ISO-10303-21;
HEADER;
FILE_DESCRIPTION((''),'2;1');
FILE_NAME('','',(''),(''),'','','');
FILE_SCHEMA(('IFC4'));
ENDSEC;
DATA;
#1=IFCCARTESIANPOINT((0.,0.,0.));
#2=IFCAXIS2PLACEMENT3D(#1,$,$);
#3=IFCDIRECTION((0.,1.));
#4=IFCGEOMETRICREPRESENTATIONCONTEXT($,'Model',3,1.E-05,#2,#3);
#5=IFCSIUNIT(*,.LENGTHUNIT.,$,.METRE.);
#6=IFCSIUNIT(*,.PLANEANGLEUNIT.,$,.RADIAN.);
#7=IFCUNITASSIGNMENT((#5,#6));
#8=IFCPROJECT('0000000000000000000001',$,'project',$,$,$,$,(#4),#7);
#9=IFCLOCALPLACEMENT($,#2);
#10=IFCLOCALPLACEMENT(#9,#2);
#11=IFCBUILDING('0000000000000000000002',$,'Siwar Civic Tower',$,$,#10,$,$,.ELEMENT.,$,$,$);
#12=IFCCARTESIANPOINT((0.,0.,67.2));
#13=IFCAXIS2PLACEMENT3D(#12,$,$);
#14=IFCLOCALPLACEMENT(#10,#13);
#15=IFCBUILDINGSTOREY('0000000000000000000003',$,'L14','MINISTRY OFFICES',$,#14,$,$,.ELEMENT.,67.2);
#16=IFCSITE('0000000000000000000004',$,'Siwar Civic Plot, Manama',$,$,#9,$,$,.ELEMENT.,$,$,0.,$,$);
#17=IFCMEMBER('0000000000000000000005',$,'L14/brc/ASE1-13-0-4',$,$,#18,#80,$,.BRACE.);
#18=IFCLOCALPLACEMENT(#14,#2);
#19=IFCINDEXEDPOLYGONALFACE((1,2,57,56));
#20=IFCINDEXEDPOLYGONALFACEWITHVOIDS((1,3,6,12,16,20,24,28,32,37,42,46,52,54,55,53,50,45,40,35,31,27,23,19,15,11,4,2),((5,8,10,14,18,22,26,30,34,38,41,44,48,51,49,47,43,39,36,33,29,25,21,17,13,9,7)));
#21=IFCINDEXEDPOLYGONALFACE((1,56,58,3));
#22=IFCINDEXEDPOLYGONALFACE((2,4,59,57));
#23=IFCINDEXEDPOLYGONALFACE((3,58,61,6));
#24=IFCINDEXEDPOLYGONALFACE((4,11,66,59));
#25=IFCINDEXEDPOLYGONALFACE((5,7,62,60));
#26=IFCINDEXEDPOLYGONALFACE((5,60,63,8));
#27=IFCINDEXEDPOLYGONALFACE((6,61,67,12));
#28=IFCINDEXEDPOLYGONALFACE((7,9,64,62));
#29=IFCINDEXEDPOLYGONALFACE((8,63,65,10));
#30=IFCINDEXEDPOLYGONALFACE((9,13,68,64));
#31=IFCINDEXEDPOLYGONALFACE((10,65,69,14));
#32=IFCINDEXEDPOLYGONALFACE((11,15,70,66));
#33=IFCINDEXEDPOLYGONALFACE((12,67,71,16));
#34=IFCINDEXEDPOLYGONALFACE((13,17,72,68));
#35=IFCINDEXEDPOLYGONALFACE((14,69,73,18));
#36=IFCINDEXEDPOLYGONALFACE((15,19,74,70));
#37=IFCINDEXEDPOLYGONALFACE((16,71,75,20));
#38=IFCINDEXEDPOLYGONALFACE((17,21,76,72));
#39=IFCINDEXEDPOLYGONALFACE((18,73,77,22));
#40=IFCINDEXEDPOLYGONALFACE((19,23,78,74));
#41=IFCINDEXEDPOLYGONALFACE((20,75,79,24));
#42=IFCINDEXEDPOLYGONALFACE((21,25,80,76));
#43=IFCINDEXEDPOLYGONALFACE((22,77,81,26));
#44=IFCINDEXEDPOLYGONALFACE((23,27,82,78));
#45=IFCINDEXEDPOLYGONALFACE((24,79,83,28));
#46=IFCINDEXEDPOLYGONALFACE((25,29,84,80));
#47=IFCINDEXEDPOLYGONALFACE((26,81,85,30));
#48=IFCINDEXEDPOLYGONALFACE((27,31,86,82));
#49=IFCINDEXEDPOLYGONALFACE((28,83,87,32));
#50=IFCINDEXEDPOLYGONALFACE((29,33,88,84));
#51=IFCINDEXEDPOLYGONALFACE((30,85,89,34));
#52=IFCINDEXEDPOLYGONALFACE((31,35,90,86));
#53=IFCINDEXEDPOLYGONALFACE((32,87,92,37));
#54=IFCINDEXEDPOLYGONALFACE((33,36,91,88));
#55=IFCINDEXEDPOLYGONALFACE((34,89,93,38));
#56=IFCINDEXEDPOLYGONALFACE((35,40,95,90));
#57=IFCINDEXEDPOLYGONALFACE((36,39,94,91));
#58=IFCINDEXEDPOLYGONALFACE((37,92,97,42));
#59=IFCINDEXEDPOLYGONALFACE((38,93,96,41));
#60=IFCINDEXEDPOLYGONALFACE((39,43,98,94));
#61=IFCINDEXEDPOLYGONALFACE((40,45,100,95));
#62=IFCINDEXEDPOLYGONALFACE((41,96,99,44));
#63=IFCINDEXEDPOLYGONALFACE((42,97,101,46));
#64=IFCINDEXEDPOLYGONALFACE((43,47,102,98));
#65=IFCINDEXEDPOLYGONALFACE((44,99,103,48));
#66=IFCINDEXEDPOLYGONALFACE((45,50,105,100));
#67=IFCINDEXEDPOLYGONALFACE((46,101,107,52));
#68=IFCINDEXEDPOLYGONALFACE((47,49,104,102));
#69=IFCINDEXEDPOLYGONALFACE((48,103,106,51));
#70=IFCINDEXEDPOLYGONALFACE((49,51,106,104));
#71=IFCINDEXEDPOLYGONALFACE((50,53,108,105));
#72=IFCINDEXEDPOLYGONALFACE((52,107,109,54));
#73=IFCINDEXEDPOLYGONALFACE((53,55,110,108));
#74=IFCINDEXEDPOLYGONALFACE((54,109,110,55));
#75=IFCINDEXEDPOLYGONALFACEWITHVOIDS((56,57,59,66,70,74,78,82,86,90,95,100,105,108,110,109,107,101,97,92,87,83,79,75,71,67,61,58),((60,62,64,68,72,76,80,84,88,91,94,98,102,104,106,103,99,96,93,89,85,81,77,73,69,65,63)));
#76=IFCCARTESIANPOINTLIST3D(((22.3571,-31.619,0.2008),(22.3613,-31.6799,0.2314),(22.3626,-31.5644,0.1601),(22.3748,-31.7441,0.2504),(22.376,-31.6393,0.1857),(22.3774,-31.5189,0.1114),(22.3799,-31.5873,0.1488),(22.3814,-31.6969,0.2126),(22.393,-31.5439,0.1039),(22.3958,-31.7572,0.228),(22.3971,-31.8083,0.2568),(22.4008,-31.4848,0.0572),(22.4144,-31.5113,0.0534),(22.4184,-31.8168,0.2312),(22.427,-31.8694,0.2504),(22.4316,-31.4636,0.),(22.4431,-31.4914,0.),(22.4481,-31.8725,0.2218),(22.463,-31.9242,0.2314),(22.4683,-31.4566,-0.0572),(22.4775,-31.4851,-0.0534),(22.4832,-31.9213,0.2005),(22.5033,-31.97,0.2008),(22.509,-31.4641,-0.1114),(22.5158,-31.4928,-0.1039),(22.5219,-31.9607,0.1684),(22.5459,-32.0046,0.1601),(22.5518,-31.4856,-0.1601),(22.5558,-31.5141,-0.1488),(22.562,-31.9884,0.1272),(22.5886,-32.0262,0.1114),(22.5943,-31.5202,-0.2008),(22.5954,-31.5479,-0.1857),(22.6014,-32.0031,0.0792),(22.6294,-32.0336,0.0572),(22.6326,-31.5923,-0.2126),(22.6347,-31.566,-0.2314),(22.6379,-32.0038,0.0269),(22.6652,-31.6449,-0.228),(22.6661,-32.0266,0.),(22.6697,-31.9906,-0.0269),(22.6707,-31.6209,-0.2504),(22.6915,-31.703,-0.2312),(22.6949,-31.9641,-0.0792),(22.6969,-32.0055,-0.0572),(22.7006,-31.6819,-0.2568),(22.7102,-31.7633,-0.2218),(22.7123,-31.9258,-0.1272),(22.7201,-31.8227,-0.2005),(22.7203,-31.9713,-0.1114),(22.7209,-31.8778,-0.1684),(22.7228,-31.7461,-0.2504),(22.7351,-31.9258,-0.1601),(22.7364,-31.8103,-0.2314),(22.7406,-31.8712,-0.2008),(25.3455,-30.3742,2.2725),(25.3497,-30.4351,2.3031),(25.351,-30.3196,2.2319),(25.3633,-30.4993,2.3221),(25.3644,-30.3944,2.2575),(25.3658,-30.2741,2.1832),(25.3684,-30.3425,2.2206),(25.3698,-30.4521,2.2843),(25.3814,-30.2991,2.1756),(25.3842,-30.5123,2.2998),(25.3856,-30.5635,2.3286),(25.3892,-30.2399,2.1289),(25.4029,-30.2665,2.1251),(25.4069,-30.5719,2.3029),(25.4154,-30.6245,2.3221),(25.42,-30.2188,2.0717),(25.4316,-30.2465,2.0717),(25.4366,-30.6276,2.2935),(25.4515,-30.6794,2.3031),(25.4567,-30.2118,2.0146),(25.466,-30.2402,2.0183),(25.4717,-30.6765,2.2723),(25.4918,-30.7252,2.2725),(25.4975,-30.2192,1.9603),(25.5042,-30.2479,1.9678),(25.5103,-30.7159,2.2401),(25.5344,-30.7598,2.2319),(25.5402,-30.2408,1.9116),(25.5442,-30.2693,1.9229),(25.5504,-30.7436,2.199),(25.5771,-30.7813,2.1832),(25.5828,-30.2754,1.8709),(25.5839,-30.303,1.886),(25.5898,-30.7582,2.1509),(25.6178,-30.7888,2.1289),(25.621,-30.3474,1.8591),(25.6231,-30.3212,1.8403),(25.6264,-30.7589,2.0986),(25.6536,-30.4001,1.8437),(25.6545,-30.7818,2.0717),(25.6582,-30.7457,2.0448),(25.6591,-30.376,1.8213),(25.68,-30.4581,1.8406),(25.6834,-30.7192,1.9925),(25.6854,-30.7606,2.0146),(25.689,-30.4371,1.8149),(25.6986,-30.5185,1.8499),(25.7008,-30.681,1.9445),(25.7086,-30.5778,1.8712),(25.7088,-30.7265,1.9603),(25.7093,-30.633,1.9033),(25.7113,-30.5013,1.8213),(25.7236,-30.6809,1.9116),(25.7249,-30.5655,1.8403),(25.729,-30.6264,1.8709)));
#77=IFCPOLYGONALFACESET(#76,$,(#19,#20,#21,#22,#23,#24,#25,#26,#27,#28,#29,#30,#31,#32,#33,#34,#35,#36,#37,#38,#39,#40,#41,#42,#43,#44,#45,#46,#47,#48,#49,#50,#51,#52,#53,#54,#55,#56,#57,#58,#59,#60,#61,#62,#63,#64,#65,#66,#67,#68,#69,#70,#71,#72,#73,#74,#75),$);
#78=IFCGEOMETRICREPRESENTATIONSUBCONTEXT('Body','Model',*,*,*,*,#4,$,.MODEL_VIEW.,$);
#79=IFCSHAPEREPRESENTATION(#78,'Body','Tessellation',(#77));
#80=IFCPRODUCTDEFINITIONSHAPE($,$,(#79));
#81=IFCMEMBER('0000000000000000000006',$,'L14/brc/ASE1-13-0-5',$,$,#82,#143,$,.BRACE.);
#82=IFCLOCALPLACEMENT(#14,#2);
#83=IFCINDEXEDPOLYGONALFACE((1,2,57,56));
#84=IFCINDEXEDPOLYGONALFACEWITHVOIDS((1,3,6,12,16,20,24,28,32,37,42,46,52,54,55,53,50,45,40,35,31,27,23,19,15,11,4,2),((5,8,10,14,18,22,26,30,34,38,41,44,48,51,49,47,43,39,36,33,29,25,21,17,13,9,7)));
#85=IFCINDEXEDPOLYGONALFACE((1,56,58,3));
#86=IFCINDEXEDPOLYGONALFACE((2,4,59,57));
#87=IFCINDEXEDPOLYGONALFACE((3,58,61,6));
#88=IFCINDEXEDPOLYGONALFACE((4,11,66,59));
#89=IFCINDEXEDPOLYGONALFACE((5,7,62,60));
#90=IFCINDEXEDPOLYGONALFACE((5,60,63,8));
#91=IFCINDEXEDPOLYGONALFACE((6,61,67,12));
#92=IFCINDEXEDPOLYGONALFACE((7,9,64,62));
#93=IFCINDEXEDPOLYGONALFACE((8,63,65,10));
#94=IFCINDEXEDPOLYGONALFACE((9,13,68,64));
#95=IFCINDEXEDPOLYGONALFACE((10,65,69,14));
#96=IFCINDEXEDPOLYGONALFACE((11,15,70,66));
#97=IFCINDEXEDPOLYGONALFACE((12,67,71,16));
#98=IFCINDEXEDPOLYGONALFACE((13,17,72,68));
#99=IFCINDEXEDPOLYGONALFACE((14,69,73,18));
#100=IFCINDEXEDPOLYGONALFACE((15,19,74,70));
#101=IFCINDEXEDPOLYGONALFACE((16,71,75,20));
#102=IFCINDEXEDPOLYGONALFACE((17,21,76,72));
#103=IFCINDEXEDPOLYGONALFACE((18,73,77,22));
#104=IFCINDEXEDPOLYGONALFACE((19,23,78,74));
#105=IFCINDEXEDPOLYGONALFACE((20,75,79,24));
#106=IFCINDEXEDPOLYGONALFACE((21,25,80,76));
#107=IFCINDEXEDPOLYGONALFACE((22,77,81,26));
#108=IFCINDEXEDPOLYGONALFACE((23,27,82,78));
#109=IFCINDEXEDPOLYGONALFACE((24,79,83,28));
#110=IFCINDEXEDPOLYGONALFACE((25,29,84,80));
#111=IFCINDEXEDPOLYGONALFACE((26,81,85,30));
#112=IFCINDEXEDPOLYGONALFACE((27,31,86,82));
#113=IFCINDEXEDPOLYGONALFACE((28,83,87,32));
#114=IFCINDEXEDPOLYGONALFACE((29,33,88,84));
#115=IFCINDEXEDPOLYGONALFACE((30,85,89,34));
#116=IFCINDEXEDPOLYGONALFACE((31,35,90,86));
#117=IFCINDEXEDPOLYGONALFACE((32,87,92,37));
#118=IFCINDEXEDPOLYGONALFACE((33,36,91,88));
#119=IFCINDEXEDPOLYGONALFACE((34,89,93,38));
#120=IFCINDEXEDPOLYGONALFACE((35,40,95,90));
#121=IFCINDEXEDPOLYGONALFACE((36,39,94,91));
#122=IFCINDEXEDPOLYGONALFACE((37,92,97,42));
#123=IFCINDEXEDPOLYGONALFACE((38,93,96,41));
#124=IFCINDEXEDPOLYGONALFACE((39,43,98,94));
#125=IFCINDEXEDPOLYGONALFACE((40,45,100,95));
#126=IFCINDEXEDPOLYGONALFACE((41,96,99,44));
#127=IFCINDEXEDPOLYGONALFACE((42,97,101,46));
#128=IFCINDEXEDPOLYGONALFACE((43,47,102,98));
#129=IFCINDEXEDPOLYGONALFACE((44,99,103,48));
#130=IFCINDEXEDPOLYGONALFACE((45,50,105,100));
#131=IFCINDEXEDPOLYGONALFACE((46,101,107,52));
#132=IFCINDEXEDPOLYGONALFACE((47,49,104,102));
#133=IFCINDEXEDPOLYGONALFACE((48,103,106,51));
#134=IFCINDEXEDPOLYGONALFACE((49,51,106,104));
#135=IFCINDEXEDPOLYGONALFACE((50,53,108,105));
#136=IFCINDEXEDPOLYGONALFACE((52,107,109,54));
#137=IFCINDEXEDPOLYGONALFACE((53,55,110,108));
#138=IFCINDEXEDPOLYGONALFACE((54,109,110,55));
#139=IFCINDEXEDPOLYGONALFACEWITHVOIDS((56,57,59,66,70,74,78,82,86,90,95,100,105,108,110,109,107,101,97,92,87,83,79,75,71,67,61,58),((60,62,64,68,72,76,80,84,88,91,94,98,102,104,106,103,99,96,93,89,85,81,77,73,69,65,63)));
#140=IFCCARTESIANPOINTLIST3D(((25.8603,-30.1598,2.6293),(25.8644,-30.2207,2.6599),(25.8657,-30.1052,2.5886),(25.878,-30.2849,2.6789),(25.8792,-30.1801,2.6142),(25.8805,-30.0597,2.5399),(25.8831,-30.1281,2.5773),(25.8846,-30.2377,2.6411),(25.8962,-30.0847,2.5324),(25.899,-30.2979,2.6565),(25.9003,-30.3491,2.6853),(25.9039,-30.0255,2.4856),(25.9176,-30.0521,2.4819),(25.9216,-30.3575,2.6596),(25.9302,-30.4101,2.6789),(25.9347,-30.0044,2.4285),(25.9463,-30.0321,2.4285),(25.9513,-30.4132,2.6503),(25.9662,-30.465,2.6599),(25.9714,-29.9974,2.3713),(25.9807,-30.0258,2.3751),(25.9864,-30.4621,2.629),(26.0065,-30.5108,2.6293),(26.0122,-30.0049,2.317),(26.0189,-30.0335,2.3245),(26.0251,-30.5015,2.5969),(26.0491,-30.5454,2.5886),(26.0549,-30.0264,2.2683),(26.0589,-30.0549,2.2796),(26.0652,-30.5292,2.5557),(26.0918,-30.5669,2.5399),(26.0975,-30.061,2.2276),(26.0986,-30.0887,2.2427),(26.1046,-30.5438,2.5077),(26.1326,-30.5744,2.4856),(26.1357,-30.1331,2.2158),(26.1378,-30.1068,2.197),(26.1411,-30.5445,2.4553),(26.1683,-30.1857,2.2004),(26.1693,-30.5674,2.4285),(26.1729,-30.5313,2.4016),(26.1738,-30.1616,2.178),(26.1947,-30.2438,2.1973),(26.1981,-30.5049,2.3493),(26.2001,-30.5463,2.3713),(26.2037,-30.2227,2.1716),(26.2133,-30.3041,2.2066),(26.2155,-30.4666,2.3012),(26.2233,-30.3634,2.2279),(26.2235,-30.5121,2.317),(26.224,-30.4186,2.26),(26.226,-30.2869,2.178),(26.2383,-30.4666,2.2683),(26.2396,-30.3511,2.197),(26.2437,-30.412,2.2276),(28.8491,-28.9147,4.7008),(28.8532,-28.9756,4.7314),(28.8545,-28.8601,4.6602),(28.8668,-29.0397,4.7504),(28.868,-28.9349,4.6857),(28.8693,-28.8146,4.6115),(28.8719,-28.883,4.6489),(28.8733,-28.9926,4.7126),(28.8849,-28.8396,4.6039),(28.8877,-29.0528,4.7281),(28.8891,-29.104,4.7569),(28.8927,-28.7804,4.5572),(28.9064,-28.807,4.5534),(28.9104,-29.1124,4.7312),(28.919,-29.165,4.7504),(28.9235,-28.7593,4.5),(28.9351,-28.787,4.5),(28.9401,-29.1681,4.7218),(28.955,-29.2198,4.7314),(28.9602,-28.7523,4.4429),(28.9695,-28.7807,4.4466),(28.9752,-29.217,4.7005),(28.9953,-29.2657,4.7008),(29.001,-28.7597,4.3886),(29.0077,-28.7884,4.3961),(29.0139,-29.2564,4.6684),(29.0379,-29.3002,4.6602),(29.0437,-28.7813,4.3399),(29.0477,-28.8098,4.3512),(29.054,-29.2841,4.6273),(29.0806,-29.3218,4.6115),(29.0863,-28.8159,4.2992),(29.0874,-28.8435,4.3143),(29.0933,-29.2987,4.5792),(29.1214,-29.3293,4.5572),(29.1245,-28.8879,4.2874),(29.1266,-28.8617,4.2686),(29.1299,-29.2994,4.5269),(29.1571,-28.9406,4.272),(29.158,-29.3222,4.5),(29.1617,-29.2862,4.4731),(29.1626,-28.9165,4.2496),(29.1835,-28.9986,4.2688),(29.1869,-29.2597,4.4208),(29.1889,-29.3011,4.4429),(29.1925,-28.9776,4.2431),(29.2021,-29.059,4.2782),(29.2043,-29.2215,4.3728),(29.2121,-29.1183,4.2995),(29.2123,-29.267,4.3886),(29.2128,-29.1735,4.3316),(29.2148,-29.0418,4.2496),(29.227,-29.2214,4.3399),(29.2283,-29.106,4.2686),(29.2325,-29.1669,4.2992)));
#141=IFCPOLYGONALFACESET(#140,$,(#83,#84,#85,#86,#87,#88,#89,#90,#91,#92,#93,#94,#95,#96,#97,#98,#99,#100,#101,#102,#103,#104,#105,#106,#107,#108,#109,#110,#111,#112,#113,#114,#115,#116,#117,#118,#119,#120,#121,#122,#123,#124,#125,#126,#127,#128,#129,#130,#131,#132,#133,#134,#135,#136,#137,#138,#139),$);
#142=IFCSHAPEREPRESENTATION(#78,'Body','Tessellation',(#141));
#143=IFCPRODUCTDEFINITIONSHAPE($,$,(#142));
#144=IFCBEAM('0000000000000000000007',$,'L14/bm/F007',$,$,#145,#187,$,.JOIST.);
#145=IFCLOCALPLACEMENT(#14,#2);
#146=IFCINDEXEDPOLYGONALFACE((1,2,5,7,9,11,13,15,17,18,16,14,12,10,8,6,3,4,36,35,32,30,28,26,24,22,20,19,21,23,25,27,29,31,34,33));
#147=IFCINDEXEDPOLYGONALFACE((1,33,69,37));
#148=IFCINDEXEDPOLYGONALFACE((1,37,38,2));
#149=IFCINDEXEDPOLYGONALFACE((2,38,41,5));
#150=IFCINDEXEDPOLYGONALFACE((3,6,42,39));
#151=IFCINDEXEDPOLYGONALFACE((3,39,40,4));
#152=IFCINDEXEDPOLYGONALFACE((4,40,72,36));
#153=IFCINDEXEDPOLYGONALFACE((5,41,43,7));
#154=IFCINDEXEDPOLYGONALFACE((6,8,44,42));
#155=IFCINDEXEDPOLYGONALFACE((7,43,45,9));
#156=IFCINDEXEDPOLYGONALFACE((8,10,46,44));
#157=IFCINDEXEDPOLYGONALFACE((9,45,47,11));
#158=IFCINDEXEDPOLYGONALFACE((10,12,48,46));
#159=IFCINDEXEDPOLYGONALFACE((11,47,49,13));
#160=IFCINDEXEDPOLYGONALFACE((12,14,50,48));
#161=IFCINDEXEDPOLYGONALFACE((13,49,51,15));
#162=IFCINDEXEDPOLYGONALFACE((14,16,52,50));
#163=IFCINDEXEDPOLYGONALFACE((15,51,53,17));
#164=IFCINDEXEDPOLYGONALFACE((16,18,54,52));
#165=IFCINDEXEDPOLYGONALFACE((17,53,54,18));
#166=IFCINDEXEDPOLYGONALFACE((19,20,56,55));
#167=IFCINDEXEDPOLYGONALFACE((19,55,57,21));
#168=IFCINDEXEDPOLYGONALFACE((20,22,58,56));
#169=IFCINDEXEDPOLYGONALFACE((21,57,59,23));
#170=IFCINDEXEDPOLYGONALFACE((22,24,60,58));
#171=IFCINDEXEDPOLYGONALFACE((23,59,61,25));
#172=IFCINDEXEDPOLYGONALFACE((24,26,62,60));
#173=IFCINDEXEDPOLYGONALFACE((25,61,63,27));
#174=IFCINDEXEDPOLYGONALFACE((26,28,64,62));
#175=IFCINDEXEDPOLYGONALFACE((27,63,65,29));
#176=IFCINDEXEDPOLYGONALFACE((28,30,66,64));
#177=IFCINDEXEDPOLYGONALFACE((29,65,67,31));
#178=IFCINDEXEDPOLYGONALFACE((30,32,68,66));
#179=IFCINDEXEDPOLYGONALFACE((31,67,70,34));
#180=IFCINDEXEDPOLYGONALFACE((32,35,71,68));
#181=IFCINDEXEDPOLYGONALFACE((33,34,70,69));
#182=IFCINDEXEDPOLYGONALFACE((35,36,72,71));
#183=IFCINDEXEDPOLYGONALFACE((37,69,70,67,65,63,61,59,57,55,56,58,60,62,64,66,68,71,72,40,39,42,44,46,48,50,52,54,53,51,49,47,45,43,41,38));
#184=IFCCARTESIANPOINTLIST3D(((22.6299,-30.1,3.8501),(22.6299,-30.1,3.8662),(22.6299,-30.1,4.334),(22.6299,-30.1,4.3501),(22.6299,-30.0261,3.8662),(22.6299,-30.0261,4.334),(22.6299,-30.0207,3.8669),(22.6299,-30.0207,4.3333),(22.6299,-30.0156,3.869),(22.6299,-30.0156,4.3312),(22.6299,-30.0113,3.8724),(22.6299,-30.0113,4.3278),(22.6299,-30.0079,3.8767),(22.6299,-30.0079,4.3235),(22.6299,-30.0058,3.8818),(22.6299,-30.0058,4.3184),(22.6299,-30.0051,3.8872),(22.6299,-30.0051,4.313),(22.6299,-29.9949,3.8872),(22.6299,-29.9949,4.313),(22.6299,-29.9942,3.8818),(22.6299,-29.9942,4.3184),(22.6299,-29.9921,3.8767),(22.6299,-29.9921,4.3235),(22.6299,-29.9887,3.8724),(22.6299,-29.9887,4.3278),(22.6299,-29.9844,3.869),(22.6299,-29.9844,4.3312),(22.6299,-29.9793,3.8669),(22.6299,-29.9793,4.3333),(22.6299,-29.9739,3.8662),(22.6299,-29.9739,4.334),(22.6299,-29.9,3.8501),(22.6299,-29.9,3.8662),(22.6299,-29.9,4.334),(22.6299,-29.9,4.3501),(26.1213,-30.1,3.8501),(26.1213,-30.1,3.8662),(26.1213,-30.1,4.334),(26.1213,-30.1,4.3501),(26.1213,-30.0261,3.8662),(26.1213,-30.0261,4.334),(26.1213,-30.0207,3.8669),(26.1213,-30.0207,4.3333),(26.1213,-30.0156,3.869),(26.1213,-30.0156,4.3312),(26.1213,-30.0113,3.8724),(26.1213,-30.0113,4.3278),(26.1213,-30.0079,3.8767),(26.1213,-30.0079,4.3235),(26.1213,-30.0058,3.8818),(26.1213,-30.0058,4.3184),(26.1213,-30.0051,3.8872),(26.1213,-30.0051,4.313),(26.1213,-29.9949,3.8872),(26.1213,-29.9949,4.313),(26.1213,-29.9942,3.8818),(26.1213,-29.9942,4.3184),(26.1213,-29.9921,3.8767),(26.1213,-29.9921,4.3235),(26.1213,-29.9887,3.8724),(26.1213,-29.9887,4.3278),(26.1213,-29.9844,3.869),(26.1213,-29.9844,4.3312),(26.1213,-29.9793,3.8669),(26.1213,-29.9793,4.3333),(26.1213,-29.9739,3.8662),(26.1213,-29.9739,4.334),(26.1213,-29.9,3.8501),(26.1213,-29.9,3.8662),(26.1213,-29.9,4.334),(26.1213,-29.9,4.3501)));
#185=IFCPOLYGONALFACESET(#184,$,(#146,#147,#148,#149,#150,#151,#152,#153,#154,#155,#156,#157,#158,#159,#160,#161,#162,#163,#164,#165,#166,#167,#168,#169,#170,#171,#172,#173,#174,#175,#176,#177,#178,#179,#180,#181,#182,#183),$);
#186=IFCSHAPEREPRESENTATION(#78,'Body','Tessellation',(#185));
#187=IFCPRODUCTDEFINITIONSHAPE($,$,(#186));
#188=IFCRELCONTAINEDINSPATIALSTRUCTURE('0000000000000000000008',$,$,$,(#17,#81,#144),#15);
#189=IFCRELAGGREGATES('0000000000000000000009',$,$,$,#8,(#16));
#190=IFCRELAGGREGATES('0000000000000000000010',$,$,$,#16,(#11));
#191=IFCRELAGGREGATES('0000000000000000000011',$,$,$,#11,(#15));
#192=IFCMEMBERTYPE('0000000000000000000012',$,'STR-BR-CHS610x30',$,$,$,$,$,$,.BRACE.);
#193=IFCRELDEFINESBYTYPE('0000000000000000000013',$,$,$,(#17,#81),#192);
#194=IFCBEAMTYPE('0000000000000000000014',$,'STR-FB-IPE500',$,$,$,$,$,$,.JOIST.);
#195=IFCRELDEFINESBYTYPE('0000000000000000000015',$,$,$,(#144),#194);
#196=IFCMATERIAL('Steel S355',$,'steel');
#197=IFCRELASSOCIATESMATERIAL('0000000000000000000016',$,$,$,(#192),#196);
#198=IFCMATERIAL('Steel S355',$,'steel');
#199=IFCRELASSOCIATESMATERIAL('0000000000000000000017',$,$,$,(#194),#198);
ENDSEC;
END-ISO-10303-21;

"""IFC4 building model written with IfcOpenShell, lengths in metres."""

from ifc_helpers import new_model, si_unit, direction, frame, origin, origin_2d, place, context, subcontext, project, spatial, hollow_circle, i_section, extrude, material, material_profile, profile_set, type_object, element, save


model = new_model("IFC4")

# Units and contexts
model_context = context("Model", 3, precision=1e-05, world=origin(), true_north=direction((0.0, 1.0)))
body_context = subcontext(model_context, "Body", "Model", "MODEL_VIEW")
ifc_project = project(units=[si_unit("LENGTHUNIT", "METRE"), si_unit("PLANEANGLEUNIT", "RADIAN")], contexts=[model_context])

# Site, building, storey
site_placement = place(None, origin())
site = spatial("IfcSite", under=ifc_project, at=site_placement, Name="Siwar Civic Plot, Manama", CompositionType="ELEMENT", RefElevation=0.0)
building_placement = place(site_placement, origin())
building = spatial("IfcBuilding", under=site, at=building_placement, Name="Siwar Civic Tower", CompositionType="ELEMENT")
storey_placement = place(building_placement, frame((0.0, 0.0, 67.2)))
storey = spatial("IfcBuildingStorey", under=building, at=storey_placement, Name="L14", Description="MINISTRY OFFICES", CompositionType="ELEMENT", Elevation=67.2)

# Members
ifc_material_1 = material(Name="Steel S355", Category="steel")
ifc_material_profile_1 = material_profile(ifc_material_1, hollow_circle(Radius=0.3049, WallThickness=0.03, at=origin_2d()), Name="CHS610x30")
ifc_profile_set_1 = profile_set([ifc_material_profile_1], Name="Steel S355")
member_type_1 = type_object("IfcMemberType", Name="STR-BR-CHS610x30", PredefinedType="BRACE", material=ifc_profile_set_1)
member_1_placement = place(storey_placement, frame((22.5488, -31.7451, 0.0), z_axis=(0.777533, 0.323882, 0.53902), x_axis=(-0.384524, 0.923115, 0.0)))
element("IfcMember", 1, at=member_1_placement, inside=storey, type_object=member_type_1, Name="L14/brc/ASE1-13-0-4", PredefinedType="BRACE", context=body_context, shape_type="SweptSolid", body=[
    extrude(hollow_circle(Radius=0.3049, WallThickness=0.03, at=origin_2d()), origin(), (0.0, 0.0, 1.0), 3.8435),
])
member_2_placement = place(storey_placement, frame((26.052, -30.2859, 2.4285), z_axis=(0.777569, 0.323934, 0.538937), x_axis=(-0.384562, 0.923099, 0.0)))
element("IfcMember", 2, at=member_2_placement, inside=storey, type_object=member_type_1, Name="L14/brc/ASE1-13-0-5", PredefinedType="BRACE", context=body_context, shape_type="SweptSolid", body=[
    extrude(hollow_circle(Radius=0.3049, WallThickness=0.03, at=origin_2d()), origin(), (0.0, 0.0, 1.0), 3.8438),
])

# Beam
ifc_material_2 = material(Name="Steel S355", Category="steel")
ifc_material_profile_2 = material_profile(ifc_material_2, i_section(OverallWidth=0.2, OverallDepth=0.5, WebThickness=0.0103, FlangeThickness=0.0161, FilletRadius=0.021, at=origin_2d()), Name="IPE500")
ifc_profile_set_2 = profile_set([ifc_material_profile_2], Name="Steel S355")
beam_type_1 = type_object("IfcBeamType", Name="STR-FB-IPE500", PredefinedType="JOIST", material=ifc_profile_set_2)
beam_1_placement = place(storey_placement, frame((22.6299, -30.0, 4.1001), z_axis=(1.0, 0.0, 0.0), x_axis=(0.0, 1.0, 0.0)))
element("IfcBeam", 3, at=beam_1_placement, inside=storey, type_object=beam_type_1, Name="L14/bm/F007", PredefinedType="JOIST", context=body_context, shape_type="SweptSolid", body=[
    extrude(i_section(OverallWidth=0.2, OverallDepth=0.5, WebThickness=0.0103, FlangeThickness=0.0161, FilletRadius=0.021, at=origin_2d()), origin(), (0.0, 0.0, 1.0), 3.4915),
])

save(model, "model.ifc")
